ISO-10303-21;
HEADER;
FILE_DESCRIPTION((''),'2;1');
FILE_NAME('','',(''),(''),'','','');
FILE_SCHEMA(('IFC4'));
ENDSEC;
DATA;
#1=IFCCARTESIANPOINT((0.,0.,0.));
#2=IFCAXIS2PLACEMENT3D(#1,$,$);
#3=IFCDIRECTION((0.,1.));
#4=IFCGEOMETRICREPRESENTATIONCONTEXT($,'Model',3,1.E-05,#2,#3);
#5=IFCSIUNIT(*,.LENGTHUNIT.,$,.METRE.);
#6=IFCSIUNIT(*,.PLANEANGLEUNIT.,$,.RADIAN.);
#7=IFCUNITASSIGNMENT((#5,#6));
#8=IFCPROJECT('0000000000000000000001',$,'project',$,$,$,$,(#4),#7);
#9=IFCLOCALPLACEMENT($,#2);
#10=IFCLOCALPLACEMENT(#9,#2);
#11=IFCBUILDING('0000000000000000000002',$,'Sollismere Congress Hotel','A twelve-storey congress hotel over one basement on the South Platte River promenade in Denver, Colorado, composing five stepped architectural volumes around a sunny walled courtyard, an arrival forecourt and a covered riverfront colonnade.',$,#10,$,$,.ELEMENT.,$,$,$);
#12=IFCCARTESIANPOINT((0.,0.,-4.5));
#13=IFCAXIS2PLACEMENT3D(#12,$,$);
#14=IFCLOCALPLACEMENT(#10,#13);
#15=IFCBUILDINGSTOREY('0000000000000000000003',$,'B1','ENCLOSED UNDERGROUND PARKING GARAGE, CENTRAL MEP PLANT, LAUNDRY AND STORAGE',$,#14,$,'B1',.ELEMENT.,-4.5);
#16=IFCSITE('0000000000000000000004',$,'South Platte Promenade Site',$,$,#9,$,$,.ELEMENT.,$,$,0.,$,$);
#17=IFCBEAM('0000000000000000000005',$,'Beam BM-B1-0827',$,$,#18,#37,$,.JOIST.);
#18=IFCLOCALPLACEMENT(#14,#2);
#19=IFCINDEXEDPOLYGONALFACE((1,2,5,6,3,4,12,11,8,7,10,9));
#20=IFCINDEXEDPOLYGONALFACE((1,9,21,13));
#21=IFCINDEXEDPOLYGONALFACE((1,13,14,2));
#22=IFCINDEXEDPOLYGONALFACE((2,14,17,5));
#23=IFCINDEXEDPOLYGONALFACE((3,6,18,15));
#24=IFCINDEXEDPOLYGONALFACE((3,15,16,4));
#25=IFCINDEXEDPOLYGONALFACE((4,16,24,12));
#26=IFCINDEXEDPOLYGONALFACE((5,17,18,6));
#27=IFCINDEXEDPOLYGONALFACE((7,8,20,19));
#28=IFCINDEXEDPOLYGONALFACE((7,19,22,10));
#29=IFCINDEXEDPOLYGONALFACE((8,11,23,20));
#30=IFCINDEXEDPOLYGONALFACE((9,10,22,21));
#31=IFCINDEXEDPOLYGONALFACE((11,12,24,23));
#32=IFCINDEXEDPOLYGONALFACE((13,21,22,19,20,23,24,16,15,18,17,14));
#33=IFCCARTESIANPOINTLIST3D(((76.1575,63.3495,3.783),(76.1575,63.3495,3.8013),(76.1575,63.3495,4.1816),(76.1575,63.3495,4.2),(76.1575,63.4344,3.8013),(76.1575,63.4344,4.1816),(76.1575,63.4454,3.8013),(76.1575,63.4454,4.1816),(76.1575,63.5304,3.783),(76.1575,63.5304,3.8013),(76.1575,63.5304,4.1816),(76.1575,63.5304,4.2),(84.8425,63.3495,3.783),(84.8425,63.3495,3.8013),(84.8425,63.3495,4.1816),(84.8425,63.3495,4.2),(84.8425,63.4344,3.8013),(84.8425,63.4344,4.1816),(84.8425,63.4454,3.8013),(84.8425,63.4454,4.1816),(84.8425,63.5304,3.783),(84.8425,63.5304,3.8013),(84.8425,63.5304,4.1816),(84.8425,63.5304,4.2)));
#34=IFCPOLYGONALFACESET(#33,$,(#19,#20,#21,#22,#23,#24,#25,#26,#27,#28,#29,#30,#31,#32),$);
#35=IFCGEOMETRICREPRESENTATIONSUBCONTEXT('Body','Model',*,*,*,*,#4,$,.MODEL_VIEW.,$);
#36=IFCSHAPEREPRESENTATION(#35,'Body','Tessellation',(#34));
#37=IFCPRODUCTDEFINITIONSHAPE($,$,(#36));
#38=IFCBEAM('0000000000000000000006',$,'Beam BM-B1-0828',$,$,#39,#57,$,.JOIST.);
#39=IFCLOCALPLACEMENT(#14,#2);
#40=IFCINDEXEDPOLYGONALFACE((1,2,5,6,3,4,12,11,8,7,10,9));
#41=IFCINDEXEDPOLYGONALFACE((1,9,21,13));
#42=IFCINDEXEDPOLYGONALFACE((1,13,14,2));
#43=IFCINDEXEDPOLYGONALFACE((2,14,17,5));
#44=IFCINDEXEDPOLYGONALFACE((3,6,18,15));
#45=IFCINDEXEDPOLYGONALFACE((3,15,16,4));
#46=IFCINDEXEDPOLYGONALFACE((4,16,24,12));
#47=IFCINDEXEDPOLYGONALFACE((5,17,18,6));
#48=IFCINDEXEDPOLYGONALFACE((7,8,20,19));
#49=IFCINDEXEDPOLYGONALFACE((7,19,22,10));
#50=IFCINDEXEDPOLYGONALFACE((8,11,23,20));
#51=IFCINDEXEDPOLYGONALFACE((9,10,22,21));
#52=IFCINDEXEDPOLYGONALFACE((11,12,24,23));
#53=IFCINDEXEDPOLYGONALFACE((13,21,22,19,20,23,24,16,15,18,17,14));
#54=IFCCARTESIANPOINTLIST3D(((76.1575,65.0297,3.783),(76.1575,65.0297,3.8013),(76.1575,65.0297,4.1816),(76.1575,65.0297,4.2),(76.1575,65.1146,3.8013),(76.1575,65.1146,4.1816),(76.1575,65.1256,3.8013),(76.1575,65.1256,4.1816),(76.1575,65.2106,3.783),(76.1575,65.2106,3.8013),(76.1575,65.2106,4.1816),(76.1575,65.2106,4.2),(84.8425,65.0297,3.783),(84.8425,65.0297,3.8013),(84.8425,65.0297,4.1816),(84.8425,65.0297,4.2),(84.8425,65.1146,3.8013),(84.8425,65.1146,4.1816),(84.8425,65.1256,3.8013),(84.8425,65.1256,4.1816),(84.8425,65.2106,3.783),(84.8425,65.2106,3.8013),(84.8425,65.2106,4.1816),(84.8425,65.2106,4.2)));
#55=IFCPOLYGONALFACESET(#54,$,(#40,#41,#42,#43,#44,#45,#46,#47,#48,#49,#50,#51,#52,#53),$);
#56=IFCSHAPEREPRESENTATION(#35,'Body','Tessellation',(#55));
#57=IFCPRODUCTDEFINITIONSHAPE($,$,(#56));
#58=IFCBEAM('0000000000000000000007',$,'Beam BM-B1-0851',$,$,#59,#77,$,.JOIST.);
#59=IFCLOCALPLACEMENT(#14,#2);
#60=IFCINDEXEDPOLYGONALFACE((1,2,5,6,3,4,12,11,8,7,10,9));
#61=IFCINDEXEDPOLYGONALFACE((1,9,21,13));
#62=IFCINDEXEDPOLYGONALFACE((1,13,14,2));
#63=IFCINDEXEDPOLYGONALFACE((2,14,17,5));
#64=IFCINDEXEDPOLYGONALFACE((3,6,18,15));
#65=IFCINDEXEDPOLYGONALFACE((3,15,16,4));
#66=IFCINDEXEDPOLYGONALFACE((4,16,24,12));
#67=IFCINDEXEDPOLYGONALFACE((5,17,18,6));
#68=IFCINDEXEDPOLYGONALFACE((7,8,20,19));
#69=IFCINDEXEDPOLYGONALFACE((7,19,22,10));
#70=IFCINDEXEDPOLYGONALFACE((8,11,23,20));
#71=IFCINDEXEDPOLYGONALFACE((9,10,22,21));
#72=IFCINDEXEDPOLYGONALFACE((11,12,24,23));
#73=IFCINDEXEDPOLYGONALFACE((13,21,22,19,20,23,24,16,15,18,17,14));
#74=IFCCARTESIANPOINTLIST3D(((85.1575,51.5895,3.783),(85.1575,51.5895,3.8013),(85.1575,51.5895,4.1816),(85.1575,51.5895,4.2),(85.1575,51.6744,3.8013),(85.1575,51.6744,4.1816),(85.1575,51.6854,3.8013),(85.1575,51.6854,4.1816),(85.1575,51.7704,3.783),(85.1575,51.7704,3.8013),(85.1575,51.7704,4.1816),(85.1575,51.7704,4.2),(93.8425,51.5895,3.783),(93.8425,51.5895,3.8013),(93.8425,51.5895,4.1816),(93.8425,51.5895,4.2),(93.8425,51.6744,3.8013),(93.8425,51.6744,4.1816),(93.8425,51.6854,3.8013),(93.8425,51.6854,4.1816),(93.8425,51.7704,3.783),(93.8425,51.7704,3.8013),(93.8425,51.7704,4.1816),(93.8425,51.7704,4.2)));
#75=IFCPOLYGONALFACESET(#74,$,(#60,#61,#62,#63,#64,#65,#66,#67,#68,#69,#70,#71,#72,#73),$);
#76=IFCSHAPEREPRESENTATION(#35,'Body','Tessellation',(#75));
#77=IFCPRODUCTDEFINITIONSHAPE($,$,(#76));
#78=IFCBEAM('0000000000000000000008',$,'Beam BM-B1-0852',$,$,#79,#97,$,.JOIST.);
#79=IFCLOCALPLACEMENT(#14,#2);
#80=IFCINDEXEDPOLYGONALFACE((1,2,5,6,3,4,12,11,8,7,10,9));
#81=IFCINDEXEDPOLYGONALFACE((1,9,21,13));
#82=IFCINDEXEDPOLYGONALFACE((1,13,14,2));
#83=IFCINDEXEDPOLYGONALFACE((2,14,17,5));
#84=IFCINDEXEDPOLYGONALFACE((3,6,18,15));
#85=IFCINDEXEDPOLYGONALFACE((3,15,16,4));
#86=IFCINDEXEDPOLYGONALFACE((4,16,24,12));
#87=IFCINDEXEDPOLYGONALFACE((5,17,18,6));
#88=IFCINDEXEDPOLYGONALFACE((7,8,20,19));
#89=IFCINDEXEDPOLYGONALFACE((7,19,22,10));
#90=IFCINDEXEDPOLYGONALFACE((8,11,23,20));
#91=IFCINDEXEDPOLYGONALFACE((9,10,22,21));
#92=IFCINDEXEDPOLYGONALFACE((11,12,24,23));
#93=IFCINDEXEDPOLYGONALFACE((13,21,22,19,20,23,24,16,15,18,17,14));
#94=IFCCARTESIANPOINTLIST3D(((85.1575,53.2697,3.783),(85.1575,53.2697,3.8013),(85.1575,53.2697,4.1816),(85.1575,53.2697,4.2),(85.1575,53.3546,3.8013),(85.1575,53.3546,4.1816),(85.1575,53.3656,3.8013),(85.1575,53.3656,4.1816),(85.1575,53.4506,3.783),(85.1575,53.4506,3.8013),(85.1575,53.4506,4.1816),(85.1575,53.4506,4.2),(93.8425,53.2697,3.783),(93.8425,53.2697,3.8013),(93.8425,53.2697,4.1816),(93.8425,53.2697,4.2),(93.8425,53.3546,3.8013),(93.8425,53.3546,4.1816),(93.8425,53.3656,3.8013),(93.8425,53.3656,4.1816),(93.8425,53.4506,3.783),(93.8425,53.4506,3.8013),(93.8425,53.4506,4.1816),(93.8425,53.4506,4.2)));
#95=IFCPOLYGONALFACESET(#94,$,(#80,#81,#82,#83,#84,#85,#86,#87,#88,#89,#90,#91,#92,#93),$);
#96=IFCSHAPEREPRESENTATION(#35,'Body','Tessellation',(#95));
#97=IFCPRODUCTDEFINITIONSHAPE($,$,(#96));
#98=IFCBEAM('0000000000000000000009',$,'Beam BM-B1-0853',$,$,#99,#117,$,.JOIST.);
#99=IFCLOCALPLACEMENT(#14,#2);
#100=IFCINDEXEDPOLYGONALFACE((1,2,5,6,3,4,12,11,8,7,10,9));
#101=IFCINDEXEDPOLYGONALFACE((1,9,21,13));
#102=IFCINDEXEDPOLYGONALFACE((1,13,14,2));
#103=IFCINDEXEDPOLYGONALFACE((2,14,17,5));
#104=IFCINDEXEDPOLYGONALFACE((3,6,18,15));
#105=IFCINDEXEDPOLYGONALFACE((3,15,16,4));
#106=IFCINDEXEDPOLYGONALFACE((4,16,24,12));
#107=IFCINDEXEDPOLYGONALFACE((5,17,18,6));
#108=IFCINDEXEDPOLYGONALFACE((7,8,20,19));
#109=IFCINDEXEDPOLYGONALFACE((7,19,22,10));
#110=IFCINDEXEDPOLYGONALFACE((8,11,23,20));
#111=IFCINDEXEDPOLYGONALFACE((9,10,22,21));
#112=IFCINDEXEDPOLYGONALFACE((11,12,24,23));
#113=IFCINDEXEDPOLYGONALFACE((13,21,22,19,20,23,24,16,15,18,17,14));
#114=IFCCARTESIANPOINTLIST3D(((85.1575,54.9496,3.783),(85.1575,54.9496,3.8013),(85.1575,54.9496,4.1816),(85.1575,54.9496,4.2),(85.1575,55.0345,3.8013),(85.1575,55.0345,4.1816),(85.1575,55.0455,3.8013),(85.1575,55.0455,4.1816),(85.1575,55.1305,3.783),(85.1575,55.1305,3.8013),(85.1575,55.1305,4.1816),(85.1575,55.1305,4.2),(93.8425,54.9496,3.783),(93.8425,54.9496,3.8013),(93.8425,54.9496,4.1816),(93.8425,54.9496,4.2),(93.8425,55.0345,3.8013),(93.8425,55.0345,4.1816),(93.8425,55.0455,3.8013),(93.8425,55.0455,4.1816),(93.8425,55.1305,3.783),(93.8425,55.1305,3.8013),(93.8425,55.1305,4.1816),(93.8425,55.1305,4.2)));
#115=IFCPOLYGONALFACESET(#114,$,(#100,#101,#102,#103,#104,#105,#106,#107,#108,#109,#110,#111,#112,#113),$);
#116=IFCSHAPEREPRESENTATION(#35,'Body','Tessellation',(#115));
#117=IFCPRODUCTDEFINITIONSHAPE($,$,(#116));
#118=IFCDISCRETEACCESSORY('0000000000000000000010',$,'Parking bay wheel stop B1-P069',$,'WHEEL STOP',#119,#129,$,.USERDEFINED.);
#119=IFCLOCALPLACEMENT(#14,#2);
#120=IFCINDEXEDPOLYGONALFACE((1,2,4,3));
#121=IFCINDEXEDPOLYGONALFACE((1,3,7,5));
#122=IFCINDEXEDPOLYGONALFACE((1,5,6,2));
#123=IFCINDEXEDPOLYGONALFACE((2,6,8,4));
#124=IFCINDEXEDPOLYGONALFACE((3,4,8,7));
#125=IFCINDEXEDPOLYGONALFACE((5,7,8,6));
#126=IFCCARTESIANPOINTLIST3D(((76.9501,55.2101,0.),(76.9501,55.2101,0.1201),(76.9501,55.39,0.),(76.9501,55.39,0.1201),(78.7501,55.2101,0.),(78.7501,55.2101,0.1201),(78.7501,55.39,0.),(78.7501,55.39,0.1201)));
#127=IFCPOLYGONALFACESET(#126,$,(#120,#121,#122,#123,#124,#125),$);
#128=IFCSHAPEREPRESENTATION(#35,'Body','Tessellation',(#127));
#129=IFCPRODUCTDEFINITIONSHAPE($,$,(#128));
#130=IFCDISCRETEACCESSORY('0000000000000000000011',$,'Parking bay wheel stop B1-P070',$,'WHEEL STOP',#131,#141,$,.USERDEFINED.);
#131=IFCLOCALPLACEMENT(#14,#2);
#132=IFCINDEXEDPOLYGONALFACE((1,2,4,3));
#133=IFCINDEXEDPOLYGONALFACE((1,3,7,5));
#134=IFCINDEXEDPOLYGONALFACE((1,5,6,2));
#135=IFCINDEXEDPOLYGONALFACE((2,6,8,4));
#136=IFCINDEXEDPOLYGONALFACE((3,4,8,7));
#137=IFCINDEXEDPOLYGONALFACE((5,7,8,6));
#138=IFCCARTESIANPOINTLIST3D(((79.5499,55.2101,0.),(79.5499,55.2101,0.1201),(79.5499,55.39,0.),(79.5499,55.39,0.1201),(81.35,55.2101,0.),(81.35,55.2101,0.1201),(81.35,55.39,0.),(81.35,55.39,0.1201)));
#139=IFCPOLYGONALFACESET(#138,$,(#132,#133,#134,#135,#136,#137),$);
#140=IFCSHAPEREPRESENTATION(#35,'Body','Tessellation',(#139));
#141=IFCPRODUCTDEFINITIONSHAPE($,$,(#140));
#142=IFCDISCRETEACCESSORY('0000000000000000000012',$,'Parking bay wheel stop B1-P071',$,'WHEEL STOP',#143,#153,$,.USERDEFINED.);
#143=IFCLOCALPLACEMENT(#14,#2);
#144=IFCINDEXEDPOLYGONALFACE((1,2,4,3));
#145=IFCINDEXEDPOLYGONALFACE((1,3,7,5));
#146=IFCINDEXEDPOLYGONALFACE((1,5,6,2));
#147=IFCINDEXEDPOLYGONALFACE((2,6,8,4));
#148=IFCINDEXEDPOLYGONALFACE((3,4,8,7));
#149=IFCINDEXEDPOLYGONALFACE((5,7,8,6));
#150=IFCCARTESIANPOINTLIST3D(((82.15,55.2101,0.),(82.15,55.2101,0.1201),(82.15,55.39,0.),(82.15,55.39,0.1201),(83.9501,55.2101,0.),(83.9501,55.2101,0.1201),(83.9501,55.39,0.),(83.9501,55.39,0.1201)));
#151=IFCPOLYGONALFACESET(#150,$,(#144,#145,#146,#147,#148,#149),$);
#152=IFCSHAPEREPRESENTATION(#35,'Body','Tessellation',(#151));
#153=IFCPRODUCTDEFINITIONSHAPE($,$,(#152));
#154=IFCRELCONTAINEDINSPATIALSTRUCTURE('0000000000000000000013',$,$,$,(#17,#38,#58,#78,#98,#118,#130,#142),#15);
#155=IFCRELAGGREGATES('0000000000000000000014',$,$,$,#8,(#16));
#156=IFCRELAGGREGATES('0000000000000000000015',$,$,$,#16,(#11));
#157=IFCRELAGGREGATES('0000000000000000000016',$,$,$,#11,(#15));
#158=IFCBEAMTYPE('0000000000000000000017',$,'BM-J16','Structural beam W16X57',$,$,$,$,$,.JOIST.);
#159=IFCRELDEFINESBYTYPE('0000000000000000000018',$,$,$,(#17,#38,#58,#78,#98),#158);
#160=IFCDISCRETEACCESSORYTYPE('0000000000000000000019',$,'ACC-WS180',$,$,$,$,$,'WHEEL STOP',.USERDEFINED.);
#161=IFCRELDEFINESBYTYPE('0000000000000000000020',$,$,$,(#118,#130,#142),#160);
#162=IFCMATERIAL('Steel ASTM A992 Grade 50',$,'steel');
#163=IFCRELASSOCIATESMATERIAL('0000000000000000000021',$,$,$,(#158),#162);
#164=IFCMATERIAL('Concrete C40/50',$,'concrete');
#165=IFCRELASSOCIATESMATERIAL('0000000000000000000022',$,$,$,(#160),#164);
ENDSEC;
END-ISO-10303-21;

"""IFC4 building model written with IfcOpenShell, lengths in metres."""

from ifc_helpers import new_model, si_unit, direction, frame, origin, origin_2d, place, context, subcontext, project, spatial, rectangle, i_section, extrude, material, material_profile, profile_set, type_object, element, save


model = new_model("IFC4")

# Units and contexts
model_context = context("Model", 3, precision=1e-05, world=origin(), true_north=direction((0.0, 1.0)))
body_context = subcontext(model_context, "Body", "Model", "MODEL_VIEW")
ifc_project = project(units=[si_unit("LENGTHUNIT", "METRE"), si_unit("PLANEANGLEUNIT", "RADIAN")], contexts=[model_context])

# Site, building, storey
site_placement = place(None, origin())
site = spatial("IfcSite", under=ifc_project, at=site_placement, Name="South Platte Promenade Site", CompositionType="ELEMENT", RefElevation=0.0)
building_placement = place(site_placement, origin())
building = spatial("IfcBuilding", under=site, at=building_placement, Name="Sollismere Congress Hotel", Description="A twelve-storey congress hotel over one basement on the South Platte River promenade in Denver, Colorado, composing five stepped architectural volumes around a sunny walled courtyard, an arrival forecourt and a covered riverfront colonnade.", CompositionType="ELEMENT")
storey_placement = place(building_placement, frame((0.0, 0.0, -4.5)))
storey = spatial("IfcBuildingStorey", under=building, at=storey_placement, Name="B1", Description="ENCLOSED UNDERGROUND PARKING GARAGE, CENTRAL MEP PLANT, LAUNDRY AND STORAGE", LongName="B1", CompositionType="ELEMENT", Elevation=-4.5)

# Shared definitions
ifc_material_1 = material(Name="Concrete C40/50", Category="concrete")

# Beams
ifc_material_2 = material(Name="Steel ASTM A992 Grade 50", Category="steel")
ifc_material_profile_1 = material_profile(ifc_material_2, i_section(OverallWidth=0.1809, OverallDepth=0.417, WebThickness=0.011, FlangeThickness=0.0183, at=origin_2d()), Name="W16X57")
ifc_profile_set_1 = profile_set([ifc_material_profile_1], Name="Steel ASTM A992 Grade 50")
beam_type_1 = type_object("IfcBeamType", Name="BM-J16", Description="Structural beam W16X57", PredefinedType="JOIST", material=ifc_profile_set_1)
for number, where, z_axis, x_axis, name in (
    (1, (76.1575, 63.4399, 3.9915), (1.0, 0.0, 0.0), (0.0, 1.0, 0.0), "Beam BM-B1-0827"),
    (2, (76.1575, 65.1201, 3.9915), (1.0, 0.0, 0.0), (0.0, 1.0, 0.0), "Beam BM-B1-0828"),
    (3, (85.1575, 51.6799, 3.9915), (1.0, 0.0, 0.0), (0.0, 1.0, 0.0), "Beam BM-B1-0851"),
    (4, (85.1575, 53.3601, 3.9915), (1.0, 0.0, 0.0), (0.0, 1.0, 0.0), "Beam BM-B1-0852"),
    (5, (85.1575, 55.04, 3.9915), (1.0, 0.0, 0.0), (0.0, 1.0, 0.0), "Beam BM-B1-0853"),
):
    element("IfcBeam", number, at=place(storey_placement, frame(where, z_axis=z_axis, x_axis=x_axis)), inside=storey, type_object=beam_type_1, Name=name, PredefinedType="JOIST", context=body_context, shape_type="SweptSolid", body=[
        extrude(i_section(OverallWidth=0.1809, OverallDepth=0.417, WebThickness=0.011, FlangeThickness=0.0183, at=origin_2d()), origin(), (0.0, 0.0, 1.0), 8.6851),
    ])

# Discrete accessories
discrete_accessory_type = type_object("IfcDiscreteAccessoryType", Name="ACC-WS180", ElementType="WHEEL STOP", PredefinedType="USERDEFINED", material=ifc_material_1)
for number, where, z_axis, x_axis, name in (
    (6, (77.8501, 55.3, 0.0), (0.0, 0.0, 1.0), (1.0, 0.0, 0.0), "Parking bay wheel stop B1-P069"),
    (7, (80.45, 55.3, 0.0), (0.0, 0.0, 1.0), (1.0, 0.0, 0.0), "Parking bay wheel stop B1-P070"),
    (8, (83.05, 55.3, 0.0), (0.0, 0.0, 1.0), (1.0, 0.0, 0.0), "Parking bay wheel stop B1-P071"),
):
    element("IfcDiscreteAccessory", number, at=place(storey_placement, frame(where, z_axis=z_axis, x_axis=x_axis)), inside=storey, type_object=discrete_accessory_type, Name=name, ObjectType="WHEEL STOP", PredefinedType="USERDEFINED", context=body_context, shape_type="SweptSolid", body=[
        extrude(rectangle(XDim=1.8, YDim=0.1799, at=origin_2d()), origin(), (0.0, 0.0, 1.0), 0.1201),
    ])

save(model, "model.ifc")
